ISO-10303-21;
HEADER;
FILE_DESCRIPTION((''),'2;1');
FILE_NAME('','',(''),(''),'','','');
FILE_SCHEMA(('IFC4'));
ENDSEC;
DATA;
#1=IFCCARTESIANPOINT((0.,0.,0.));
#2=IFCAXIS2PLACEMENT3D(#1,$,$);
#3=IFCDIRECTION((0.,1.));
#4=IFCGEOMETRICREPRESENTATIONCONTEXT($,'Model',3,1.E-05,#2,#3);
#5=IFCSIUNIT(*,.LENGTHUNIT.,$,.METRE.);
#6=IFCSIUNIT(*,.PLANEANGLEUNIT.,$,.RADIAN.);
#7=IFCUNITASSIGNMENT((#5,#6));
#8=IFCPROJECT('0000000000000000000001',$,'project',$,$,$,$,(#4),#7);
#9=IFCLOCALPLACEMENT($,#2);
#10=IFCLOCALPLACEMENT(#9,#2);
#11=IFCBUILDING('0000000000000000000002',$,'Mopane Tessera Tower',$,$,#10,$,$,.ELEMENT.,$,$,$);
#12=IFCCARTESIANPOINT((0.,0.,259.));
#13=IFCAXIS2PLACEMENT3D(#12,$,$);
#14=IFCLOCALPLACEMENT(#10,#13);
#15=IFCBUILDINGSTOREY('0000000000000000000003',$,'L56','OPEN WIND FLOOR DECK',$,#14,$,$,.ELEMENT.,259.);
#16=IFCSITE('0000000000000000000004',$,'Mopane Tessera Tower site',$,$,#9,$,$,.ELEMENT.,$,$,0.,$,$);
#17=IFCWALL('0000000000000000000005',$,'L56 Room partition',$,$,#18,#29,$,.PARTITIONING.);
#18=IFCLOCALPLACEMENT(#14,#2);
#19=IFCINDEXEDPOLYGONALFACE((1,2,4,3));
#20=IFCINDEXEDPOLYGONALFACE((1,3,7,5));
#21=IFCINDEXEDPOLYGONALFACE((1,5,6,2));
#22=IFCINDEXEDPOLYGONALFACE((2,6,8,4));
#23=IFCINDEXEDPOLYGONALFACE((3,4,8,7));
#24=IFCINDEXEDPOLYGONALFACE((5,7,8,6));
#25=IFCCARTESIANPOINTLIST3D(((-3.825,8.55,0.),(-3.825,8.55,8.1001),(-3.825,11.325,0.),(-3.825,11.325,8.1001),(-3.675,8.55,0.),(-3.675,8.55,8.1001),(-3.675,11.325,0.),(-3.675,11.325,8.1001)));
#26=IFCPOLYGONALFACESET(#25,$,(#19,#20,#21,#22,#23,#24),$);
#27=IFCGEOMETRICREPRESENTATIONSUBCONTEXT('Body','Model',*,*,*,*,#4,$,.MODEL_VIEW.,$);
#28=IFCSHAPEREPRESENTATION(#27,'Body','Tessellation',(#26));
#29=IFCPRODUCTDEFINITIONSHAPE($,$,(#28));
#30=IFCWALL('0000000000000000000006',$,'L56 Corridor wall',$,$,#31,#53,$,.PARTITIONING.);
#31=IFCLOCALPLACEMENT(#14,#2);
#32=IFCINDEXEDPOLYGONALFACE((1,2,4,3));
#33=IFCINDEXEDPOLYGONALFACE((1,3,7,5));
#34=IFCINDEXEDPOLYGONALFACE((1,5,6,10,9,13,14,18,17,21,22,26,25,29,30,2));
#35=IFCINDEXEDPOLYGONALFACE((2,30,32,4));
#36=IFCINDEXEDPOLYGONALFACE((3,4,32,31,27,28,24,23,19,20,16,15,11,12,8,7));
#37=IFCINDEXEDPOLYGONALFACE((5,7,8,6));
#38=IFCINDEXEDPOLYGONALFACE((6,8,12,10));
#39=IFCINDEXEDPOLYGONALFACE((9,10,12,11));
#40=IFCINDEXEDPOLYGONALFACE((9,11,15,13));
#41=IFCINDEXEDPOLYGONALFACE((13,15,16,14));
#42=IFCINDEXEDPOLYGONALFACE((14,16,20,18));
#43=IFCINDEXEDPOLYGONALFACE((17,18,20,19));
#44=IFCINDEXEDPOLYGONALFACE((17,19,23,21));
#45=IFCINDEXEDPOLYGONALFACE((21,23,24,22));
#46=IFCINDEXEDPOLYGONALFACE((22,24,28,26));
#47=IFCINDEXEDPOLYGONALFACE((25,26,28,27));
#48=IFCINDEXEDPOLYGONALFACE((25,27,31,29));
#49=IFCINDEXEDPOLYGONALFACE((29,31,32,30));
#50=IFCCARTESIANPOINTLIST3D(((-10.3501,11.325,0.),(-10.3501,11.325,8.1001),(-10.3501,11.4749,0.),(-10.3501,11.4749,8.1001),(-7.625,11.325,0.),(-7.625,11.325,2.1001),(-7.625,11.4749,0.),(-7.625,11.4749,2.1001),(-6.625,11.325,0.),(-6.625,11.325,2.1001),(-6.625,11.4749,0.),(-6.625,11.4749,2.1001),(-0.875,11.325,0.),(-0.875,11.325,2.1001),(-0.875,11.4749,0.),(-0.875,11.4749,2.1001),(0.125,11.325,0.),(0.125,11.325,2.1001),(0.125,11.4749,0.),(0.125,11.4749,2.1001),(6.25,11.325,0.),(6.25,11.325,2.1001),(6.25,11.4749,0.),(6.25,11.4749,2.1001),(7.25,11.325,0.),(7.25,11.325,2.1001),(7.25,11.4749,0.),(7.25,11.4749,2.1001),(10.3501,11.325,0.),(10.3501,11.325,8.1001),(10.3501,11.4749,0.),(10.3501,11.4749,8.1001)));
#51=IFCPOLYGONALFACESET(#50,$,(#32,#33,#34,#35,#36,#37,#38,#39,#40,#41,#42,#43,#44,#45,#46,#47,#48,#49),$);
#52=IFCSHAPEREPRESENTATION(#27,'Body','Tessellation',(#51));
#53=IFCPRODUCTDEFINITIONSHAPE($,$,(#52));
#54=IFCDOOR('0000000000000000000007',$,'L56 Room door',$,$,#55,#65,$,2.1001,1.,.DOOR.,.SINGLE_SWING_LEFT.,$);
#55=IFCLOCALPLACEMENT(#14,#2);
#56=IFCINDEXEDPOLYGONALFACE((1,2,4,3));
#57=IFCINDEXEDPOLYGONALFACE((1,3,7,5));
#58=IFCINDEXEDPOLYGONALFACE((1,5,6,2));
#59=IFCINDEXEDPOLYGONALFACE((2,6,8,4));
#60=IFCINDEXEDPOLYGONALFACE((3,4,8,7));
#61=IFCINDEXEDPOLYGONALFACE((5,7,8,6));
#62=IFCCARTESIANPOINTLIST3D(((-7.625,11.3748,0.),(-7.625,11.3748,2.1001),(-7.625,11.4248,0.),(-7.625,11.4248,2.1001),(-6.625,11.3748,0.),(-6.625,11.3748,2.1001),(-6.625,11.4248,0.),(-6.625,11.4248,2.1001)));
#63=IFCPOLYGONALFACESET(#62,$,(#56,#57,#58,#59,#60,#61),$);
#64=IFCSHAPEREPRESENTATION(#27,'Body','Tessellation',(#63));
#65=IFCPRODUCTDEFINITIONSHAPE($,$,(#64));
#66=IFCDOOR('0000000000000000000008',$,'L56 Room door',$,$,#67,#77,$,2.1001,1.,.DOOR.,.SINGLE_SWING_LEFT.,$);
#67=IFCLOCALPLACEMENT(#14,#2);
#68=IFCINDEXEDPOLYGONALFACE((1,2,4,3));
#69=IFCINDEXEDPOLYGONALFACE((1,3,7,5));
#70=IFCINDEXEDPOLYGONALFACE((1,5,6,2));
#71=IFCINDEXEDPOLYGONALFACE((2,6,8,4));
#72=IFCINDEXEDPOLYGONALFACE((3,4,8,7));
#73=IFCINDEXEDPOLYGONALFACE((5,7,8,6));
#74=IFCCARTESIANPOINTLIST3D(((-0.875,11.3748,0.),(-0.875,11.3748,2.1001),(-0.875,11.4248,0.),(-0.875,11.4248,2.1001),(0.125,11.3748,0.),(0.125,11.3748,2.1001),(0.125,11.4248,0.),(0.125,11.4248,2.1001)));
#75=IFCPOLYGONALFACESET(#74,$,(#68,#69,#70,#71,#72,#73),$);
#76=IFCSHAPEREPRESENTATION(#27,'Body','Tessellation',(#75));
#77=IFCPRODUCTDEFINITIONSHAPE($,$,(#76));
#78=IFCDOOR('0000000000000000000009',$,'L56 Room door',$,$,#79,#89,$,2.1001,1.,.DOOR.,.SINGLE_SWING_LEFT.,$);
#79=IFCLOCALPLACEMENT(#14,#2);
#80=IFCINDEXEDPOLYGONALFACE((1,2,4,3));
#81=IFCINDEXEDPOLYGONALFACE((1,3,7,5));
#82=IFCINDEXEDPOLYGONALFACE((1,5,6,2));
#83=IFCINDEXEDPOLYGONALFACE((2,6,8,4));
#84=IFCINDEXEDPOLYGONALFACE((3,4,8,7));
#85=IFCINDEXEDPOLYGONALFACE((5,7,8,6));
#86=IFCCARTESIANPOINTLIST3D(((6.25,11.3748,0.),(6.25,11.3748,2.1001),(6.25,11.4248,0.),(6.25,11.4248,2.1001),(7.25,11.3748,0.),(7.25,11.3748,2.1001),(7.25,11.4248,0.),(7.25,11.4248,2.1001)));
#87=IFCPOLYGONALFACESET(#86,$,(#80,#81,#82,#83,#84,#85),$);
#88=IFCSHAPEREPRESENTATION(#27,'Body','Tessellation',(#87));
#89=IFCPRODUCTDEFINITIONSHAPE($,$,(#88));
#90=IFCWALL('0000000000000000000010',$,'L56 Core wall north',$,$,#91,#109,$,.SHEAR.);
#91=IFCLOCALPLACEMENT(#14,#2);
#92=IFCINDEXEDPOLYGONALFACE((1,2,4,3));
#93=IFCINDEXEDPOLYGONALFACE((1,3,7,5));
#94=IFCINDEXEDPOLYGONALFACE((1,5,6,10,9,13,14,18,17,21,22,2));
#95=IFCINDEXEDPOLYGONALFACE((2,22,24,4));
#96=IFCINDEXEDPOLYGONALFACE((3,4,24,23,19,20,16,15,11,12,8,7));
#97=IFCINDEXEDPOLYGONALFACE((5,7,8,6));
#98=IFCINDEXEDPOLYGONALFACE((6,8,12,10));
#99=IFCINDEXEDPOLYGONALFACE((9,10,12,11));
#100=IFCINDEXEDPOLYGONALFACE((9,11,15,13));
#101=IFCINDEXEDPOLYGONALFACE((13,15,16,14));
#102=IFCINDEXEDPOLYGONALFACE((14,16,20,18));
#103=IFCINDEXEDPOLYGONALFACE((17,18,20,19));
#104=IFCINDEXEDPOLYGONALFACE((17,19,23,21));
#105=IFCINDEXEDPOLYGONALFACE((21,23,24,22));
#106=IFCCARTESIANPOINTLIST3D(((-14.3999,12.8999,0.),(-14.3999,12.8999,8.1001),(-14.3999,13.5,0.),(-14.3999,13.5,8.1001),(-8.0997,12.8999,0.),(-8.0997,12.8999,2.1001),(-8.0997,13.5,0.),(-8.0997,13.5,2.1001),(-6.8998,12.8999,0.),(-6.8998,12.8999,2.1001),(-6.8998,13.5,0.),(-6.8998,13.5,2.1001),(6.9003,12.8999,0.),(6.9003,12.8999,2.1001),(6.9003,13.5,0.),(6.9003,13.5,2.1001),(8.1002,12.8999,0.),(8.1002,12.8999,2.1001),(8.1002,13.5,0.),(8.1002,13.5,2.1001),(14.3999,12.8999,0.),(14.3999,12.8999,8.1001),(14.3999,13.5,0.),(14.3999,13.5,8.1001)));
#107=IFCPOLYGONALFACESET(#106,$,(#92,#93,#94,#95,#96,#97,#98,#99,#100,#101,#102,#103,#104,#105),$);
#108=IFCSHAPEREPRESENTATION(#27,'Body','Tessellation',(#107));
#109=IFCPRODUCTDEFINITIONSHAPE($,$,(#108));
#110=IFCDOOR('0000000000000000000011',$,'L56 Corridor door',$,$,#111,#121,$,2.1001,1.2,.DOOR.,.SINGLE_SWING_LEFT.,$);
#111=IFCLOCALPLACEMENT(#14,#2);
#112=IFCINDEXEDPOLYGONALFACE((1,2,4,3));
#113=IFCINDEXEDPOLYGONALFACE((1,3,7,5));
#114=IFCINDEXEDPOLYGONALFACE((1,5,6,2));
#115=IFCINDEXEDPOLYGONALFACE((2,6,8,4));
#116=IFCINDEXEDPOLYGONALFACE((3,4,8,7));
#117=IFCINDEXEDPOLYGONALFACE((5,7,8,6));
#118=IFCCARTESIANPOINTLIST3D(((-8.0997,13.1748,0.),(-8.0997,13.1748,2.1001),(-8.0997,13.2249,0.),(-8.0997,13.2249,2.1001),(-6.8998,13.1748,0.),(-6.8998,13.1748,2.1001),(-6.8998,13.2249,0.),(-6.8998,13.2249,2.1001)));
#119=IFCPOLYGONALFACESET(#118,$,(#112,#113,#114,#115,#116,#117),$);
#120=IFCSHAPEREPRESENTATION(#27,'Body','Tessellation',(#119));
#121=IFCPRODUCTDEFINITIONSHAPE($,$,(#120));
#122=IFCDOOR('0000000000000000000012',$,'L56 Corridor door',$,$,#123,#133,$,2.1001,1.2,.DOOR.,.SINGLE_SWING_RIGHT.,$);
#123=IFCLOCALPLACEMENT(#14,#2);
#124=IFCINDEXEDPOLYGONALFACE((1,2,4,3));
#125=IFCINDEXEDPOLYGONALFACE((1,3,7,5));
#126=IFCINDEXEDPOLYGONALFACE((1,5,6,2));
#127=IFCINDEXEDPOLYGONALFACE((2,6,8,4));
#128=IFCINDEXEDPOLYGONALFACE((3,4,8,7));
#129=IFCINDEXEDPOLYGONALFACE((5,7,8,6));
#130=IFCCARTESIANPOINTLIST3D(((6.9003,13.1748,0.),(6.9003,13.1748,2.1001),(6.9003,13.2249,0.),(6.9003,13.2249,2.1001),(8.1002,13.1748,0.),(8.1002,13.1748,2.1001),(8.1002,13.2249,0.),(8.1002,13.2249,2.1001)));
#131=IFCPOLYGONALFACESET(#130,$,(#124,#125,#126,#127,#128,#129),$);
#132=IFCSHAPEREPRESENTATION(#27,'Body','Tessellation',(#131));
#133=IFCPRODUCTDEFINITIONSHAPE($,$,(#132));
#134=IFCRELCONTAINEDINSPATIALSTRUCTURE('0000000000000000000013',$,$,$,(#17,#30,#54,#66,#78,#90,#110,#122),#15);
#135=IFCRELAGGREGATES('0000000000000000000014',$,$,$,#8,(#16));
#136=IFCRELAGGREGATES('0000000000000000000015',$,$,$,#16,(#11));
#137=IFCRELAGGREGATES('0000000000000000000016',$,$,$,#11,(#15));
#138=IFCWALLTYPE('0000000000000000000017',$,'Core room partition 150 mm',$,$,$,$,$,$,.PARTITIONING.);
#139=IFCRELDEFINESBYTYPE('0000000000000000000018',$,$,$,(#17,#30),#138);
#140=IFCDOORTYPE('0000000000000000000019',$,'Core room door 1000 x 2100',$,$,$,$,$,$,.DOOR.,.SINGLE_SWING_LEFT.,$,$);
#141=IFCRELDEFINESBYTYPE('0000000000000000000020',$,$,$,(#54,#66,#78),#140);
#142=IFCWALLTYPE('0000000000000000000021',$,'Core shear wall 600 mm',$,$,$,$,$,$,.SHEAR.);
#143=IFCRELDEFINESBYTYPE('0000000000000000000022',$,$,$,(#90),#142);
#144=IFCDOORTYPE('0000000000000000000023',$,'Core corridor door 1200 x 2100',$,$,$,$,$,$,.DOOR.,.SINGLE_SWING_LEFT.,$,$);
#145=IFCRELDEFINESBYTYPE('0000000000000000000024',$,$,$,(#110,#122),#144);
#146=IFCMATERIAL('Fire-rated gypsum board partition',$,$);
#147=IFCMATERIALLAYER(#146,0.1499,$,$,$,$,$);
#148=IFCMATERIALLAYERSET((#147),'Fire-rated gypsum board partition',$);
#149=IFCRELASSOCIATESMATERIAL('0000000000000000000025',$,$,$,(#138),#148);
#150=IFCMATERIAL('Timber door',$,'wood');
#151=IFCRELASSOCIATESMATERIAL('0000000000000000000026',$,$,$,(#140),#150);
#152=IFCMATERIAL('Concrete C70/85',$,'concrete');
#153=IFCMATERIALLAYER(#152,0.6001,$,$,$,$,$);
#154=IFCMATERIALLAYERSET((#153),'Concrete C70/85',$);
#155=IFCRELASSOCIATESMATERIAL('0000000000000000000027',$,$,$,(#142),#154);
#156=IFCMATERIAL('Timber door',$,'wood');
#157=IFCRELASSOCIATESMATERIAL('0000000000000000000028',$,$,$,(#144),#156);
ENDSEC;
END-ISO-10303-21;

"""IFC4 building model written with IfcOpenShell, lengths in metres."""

from ifc_helpers import new_model, si_unit, direction, frame, frame_2d, origin, place, context, subcontext, project, spatial, rectangle, extrude, material, layer, layer_set, type_object, element, fill, save


model = new_model("IFC4")

# Units and contexts
model_context = context("Model", 3, precision=1e-05, world=origin(), true_north=direction((0.0, 1.0)))
body_context = subcontext(model_context, "Body", "Model", "MODEL_VIEW")
ifc_project = project(units=[si_unit("LENGTHUNIT", "METRE"), si_unit("PLANEANGLEUNIT", "RADIAN")], contexts=[model_context])

# Site, building, storey
site_placement = place(None, origin())
site = spatial("IfcSite", under=ifc_project, at=site_placement, Name="Mopane Tessera Tower site", CompositionType="ELEMENT", RefElevation=0.0)
building_placement = place(site_placement, origin())
building = spatial("IfcBuilding", under=site, at=building_placement, Name="Mopane Tessera Tower", CompositionType="ELEMENT")
storey_placement = place(building_placement, frame((0.0, 0.0, 259.0)))
storey = spatial("IfcBuildingStorey", under=building, at=storey_placement, Name="L56", Description="OPEN WIND FLOOR DECK", CompositionType="ELEMENT", Elevation=259.0)

# Wall
ifc_material_1 = material(Name="Fire-rated gypsum board partition")
ifc_layer_1 = layer(ifc_material_1, 0.1499)
ifc_layer_set_1 = layer_set([ifc_layer_1], Name="Fire-rated gypsum board partition")
wall_type_1 = type_object("IfcWallType", Name="Core room partition 150 mm", PredefinedType="PARTITIONING", material=ifc_layer_set_1)
wall_1_placement = place(storey_placement, frame((-3.75, 8.55, 0.0), z_axis=(0.0, 0.0, 1.0), x_axis=(0.0, 1.0, 0.0)))
element("IfcWall", 1, at=wall_1_placement, inside=storey, type_object=wall_type_1, Name="L56 Room partition", PredefinedType="PARTITIONING", context=body_context, shape_type="SweptSolid", body=[
    extrude(rectangle(XDim=2.7749, YDim=0.1499, at=frame_2d((1.3875, 0.0))), origin(), (0.0, 0.0, 1.0), 8.1001),
])

# Walls, openings, doors
wall_2_placement = place(storey_placement, frame((-10.3501, 11.3999, 0.0), z_axis=(0.0, 0.0, 1.0), x_axis=(1.0, 0.0, 0.0)))
wall_2 = element("IfcWall", 2, at=wall_2_placement, inside=storey, type_object=wall_type_1, Name="L56 Corridor wall", PredefinedType="PARTITIONING", context=body_context, shape_type="SweptSolid", body=[
    extrude(rectangle(XDim=20.7002, YDim=0.1499, at=frame_2d((10.3501, 0.0))), origin(), (0.0, 0.0, 1.0), 8.1001),
])
opening_1_placement = place(wall_2_placement, frame((2.7251, 0.0, 0.0)))
opening_1 = element("IfcOpeningElement", 3, at=opening_1_placement, cuts=wall_2, PredefinedType="OPENING", context=body_context, shape_type="SweptSolid", body=[
    extrude(rectangle(XDim=1.0, YDim=2.1001, at=frame_2d((0.5, 1.05))), frame((0.0, 0.0869, 0.0), z_axis=(0.0, -1.0, 0.0), x_axis=(1.0, 0.0, 0.0)), (0.0, 0.0, 1.0), 0.1738),
])
opening_2_placement = place(wall_2_placement, frame((9.4751, 0.0, 0.0)))
opening_2 = element("IfcOpeningElement", 4, at=opening_2_placement, cuts=wall_2, PredefinedType="OPENING", context=body_context, shape_type="SweptSolid", body=[
    extrude(rectangle(XDim=1.0, YDim=2.1001, at=frame_2d((0.5, 1.05))), frame((0.0, 0.0869, 0.0), z_axis=(0.0, -1.0, 0.0), x_axis=(1.0, 0.0, 0.0)), (0.0, 0.0, 1.0), 0.1738),
])
opening_3_placement = place(wall_2_placement, frame((16.6001, 0.0, 0.0)))
opening_3 = element("IfcOpeningElement", 5, at=opening_3_placement, cuts=wall_2, PredefinedType="OPENING", context=body_context, shape_type="SweptSolid", body=[
    extrude(rectangle(XDim=1.0, YDim=2.1001, at=frame_2d((0.5, 1.05))), frame((0.0, 0.0869, 0.0), z_axis=(0.0, -1.0, 0.0), x_axis=(1.0, 0.0, 0.0)), (0.0, 0.0, 1.0), 0.1738),
])
ifc_material_2 = material(Name="Timber door", Category="wood")
door_type_1 = type_object("IfcDoorType", Name="Core room door 1000 x 2100", OperationType="SINGLE_SWING_LEFT", PredefinedType="DOOR", material=ifc_material_2)
door_1_placement = place(opening_1_placement, origin())
door_1 = element("IfcDoor", 6, at=door_1_placement, inside=storey, type_object=door_type_1, Name="L56 Room door", OperationType="SINGLE_SWING_LEFT", OverallHeight=2.1001, OverallWidth=1.0, PredefinedType="DOOR", context=body_context, shape_type="SweptSolid", body=[
    extrude(rectangle(XDim=1.0, YDim=2.1001, at=frame_2d((0.5, 1.05))), frame((0.0, 0.0249, 0.0), z_axis=(0.0, -1.0, 0.0), x_axis=(1.0, 0.0, 0.0)), (0.0, 0.0, 1.0), 0.05),
])
fill(opening_1, door_1)
door_2_placement = place(opening_2_placement, origin())
door_2 = element("IfcDoor", 7, at=door_2_placement, inside=storey, type_object=door_type_1, Name="L56 Room door", OperationType="SINGLE_SWING_LEFT", OverallHeight=2.1001, OverallWidth=1.0, PredefinedType="DOOR", context=body_context, shape_type="SweptSolid", body=[
    extrude(rectangle(XDim=1.0, YDim=2.1001, at=frame_2d((0.5, 1.05))), frame((0.0, 0.0249, 0.0), z_axis=(0.0, -1.0, 0.0), x_axis=(1.0, 0.0, 0.0)), (0.0, 0.0, 1.0), 0.05),
])
fill(opening_2, door_2)
door_3_placement = place(opening_3_placement, origin())
door_3 = element("IfcDoor", 8, at=door_3_placement, inside=storey, type_object=door_type_1, Name="L56 Room door", OperationType="SINGLE_SWING_LEFT", OverallHeight=2.1001, OverallWidth=1.0, PredefinedType="DOOR", context=body_context, shape_type="SweptSolid", body=[
    extrude(rectangle(XDim=1.0, YDim=2.1001, at=frame_2d((0.5, 1.05))), frame((0.0, 0.0249, 0.0), z_axis=(0.0, -1.0, 0.0), x_axis=(1.0, 0.0, 0.0)), (0.0, 0.0, 1.0), 0.05),
])
fill(opening_3, door_3)
ifc_material_3 = material(Name="Concrete C70/85", Category="concrete")
ifc_layer_2 = layer(ifc_material_3, 0.6001)
ifc_layer_set_2 = layer_set([ifc_layer_2], Name="Concrete C70/85")
wall_type_2 = type_object("IfcWallType", Name="Core shear wall 600 mm", PredefinedType="SHEAR", material=ifc_layer_set_2)
wall_3_placement = place(storey_placement, frame((-14.3999, 13.2, 0.0), z_axis=(0.0, 0.0, 1.0), x_axis=(1.0, 0.0, 0.0)))
wall_3 = element("IfcWall", 9, at=wall_3_placement, inside=storey, type_object=wall_type_2, Name="L56 Core wall north", PredefinedType="SHEAR", context=body_context, shape_type="SweptSolid", body=[
    extrude(rectangle(XDim=28.7998, YDim=0.6001, at=frame_2d((14.3999, 0.0))), origin(), (0.0, 0.0, 1.0), 8.1001),
])
opening_4_placement = place(wall_3_placement, frame((6.3, 0.0, 0.0)))
opening_4 = element("IfcOpeningElement", 10, at=opening_4_placement, cuts=wall_3, PredefinedType="OPENING", context=body_context, shape_type="SweptSolid", body=[
    extrude(rectangle(XDim=1.2, YDim=2.1001, at=frame_2d((0.6001, 1.05))), frame((0.0, 0.312, 0.0), z_axis=(0.0, -1.0, 0.0), x_axis=(1.0, 0.0, 0.0)), (0.0, 0.0, 1.0), 0.624),
])
opening_5_placement = place(wall_3_placement, frame((21.3, 0.0, 0.0)))
opening_5 = element("IfcOpeningElement", 11, at=opening_5_placement, cuts=wall_3, PredefinedType="OPENING", context=body_context, shape_type="SweptSolid", body=[
    extrude(rectangle(XDim=1.2, YDim=2.1001, at=frame_2d((0.6001, 1.05))), frame((0.0, 0.312, 0.0), z_axis=(0.0, -1.0, 0.0), x_axis=(1.0, 0.0, 0.0)), (0.0, 0.0, 1.0), 0.624),
])
ifc_material_4 = material(Name="Timber door", Category="wood")
door_type_2 = type_object("IfcDoorType", Name="Core corridor door 1200 x 2100", OperationType="SINGLE_SWING_LEFT", PredefinedType="DOOR", material=ifc_material_4)
door_4_placement = place(opening_4_placement, origin())
door_4 = element("IfcDoor", 12, at=door_4_placement, inside=storey, type_object=door_type_2, Name="L56 Corridor door", OperationType="SINGLE_SWING_LEFT", OverallHeight=2.1001, OverallWidth=1.2, PredefinedType="DOOR", context=body_context, shape_type="SweptSolid", body=[
    extrude(rectangle(XDim=1.2, YDim=2.1001, at=frame_2d((0.6001, 1.05))), frame((0.0, 0.0249, 0.0), z_axis=(0.0, -1.0, 0.0), x_axis=(1.0, 0.0, 0.0)), (0.0, 0.0, 1.0), 0.05),
])
fill(opening_4, door_4)
door_5_placement = place(opening_5_placement, origin())
door_5 = element("IfcDoor", 13, at=door_5_placement, inside=storey, type_object=door_type_2, Name="L56 Corridor door", OperationType="SINGLE_SWING_RIGHT", OverallHeight=2.1001, OverallWidth=1.2, PredefinedType="DOOR", context=body_context, shape_type="SweptSolid", body=[
    extrude(rectangle(XDim=1.2, YDim=2.1001, at=frame_2d((0.6001, 1.05))), frame((0.0, 0.0249, 0.0), z_axis=(0.0, -1.0, 0.0), x_axis=(1.0, 0.0, 0.0)), (0.0, 0.0, 1.0), 0.05),
])
fill(opening_5, door_5)

save(model, "model.ifc")
